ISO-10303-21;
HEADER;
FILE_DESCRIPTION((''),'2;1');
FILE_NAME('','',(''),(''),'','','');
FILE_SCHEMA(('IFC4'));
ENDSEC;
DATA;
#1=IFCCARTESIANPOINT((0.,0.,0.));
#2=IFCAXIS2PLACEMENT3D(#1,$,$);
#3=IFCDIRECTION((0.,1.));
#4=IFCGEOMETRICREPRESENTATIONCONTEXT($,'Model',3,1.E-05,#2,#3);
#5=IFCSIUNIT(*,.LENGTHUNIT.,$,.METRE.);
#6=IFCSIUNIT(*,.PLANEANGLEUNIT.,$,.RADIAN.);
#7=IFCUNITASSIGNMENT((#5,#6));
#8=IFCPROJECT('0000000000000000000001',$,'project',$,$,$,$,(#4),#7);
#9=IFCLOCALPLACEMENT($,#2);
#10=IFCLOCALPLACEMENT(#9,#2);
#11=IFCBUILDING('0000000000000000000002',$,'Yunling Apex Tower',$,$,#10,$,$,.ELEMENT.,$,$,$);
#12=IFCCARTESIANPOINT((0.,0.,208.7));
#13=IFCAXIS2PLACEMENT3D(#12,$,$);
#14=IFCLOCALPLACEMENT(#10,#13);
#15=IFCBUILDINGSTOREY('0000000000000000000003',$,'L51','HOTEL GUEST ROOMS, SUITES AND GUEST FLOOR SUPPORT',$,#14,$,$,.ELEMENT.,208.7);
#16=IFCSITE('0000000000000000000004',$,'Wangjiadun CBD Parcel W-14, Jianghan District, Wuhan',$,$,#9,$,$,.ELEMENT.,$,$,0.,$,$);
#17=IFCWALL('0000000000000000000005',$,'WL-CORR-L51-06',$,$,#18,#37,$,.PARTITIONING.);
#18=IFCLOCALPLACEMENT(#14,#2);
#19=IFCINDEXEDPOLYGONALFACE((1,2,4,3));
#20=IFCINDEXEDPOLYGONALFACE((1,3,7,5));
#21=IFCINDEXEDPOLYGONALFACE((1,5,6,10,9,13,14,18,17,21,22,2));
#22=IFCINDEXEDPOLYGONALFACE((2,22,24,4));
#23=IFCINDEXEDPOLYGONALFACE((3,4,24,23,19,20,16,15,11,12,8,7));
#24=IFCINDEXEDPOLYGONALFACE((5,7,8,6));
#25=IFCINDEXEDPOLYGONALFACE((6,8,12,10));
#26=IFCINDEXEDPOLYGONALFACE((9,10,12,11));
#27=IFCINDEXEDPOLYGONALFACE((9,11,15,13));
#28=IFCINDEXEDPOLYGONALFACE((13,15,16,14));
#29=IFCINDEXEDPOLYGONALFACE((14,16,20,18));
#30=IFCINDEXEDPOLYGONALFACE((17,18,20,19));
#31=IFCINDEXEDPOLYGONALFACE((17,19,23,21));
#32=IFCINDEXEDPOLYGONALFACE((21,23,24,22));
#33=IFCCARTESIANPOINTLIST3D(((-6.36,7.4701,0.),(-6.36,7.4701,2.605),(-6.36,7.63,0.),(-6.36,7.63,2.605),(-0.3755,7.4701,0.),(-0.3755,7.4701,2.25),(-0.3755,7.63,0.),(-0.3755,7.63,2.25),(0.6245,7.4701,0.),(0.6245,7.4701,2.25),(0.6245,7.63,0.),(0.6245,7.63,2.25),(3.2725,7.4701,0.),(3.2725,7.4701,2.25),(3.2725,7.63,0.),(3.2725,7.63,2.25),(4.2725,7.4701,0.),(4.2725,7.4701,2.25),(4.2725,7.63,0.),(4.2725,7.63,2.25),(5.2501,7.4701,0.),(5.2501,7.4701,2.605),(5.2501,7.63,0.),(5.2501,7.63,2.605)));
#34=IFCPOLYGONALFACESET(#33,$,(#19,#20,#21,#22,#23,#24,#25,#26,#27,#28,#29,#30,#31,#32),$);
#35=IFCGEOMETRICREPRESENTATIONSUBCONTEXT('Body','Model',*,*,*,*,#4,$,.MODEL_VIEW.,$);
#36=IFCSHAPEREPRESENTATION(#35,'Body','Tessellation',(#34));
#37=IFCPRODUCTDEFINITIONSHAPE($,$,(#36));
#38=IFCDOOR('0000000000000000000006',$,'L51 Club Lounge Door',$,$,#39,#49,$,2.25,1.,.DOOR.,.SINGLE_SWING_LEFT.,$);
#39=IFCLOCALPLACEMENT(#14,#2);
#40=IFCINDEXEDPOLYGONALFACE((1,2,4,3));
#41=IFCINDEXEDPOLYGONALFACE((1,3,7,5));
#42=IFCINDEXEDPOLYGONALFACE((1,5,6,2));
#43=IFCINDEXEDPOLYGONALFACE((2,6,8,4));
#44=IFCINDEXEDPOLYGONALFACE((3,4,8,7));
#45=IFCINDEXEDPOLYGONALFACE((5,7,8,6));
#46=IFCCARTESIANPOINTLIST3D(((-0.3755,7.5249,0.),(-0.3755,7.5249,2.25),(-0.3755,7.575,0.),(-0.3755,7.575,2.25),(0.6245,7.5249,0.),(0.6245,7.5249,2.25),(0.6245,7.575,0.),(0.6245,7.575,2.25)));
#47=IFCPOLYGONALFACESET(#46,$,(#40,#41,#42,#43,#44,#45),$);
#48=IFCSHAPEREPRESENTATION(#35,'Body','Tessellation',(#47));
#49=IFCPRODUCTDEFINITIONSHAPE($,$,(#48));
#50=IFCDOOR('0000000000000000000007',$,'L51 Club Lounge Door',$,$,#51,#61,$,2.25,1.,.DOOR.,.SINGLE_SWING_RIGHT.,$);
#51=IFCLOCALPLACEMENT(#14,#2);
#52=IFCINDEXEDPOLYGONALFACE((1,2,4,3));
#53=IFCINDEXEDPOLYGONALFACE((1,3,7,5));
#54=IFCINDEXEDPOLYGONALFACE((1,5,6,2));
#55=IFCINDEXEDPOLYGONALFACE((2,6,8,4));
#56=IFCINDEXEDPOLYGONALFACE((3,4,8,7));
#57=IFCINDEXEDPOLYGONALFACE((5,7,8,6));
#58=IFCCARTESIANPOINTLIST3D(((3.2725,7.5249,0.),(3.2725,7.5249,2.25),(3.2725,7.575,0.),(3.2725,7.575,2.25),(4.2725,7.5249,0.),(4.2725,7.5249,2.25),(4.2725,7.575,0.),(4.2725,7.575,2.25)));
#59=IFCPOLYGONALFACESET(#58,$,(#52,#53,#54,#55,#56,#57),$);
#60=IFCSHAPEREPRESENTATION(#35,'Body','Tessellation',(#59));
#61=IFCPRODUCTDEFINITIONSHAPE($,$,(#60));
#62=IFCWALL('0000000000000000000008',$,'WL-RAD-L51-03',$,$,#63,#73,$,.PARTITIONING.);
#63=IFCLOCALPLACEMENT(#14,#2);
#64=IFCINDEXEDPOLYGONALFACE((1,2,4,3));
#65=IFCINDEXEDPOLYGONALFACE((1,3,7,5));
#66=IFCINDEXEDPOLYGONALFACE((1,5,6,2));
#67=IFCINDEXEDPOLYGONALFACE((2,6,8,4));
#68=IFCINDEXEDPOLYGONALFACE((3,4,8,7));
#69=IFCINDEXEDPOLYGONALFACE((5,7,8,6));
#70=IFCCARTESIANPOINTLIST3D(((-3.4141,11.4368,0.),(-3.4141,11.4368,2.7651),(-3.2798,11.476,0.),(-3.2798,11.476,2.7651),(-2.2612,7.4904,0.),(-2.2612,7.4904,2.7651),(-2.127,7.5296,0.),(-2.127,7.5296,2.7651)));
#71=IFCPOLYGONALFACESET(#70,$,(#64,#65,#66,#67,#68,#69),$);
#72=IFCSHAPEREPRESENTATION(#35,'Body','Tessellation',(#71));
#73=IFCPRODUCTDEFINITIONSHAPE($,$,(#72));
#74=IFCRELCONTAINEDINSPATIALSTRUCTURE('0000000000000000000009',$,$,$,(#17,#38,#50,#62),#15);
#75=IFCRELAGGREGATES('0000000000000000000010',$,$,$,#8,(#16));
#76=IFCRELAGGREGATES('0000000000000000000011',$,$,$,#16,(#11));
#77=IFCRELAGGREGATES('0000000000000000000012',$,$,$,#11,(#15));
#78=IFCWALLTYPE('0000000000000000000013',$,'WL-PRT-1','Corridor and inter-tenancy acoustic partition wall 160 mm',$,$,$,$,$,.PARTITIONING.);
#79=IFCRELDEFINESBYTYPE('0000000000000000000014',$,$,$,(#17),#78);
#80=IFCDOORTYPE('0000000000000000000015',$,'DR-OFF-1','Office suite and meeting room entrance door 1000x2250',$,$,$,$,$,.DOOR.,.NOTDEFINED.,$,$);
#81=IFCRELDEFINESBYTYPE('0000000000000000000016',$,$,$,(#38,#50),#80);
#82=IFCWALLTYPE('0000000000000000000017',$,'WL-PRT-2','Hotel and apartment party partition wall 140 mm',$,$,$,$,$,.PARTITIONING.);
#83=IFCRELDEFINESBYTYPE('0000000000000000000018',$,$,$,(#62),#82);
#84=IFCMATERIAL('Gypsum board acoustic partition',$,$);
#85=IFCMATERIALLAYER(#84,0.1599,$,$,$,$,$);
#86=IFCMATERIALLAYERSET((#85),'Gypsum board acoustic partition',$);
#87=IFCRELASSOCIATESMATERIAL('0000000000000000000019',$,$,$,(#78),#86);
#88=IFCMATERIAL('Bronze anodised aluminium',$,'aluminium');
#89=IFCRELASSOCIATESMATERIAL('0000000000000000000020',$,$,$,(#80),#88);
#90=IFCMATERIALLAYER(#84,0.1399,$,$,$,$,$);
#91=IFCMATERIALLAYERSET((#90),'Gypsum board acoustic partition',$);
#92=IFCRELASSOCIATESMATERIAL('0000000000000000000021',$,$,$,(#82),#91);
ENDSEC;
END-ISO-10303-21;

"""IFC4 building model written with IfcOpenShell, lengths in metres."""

from ifc_helpers import new_model, si_unit, direction, frame, frame_2d, origin, place, context, subcontext, project, spatial, rectangle, extrude, material, layer, layer_set, type_object, element, fill, save


model = new_model("IFC4")

# Units and contexts
model_context = context("Model", 3, precision=1e-05, world=origin(), true_north=direction((0.0, 1.0)))
body_context = subcontext(model_context, "Body", "Model", "MODEL_VIEW")
ifc_project = project(units=[si_unit("LENGTHUNIT", "METRE"), si_unit("PLANEANGLEUNIT", "RADIAN")], contexts=[model_context])

# Site, building, storey
site_placement = place(None, origin())
site = spatial("IfcSite", under=ifc_project, at=site_placement, Name="Wangjiadun CBD Parcel W-14, Jianghan District, Wuhan", CompositionType="ELEMENT", RefElevation=0.0)
building_placement = place(site_placement, origin())
building = spatial("IfcBuilding", under=site, at=building_placement, Name="Yunling Apex Tower", CompositionType="ELEMENT")
storey_placement = place(building_placement, frame((0.0, 0.0, 208.7)))
storey = spatial("IfcBuildingStorey", under=building, at=storey_placement, Name="L51", Description="HOTEL GUEST ROOMS, SUITES AND GUEST FLOOR SUPPORT", CompositionType="ELEMENT", Elevation=208.7)

# Shared definitions
ifc_material_1 = material(Name="Bronze anodised aluminium", Category="aluminium")

# Shared definitions
ifc_material_2 = material(Name="Gypsum board acoustic partition")
ifc_layer_1 = layer(ifc_material_2, 0.1599)
ifc_layer_set_1 = layer_set([ifc_layer_1], Name="Gypsum board acoustic partition")
wall_type_1 = type_object("IfcWallType", Name="WL-PRT-1", Description="Corridor and inter-tenancy acoustic partition wall 160 mm", PredefinedType="PARTITIONING", material=ifc_layer_set_1)
door_type = type_object("IfcDoorType", Name="DR-OFF-1", Description="Office suite and meeting room entrance door 1000x2250", OperationType="NOTDEFINED", PredefinedType="DOOR", material=ifc_material_1)

# Wall, openings, doors
wall_1_placement = place(storey_placement, frame((-6.3601, 7.55, 0.0), z_axis=(0.0, 0.0, 1.0), x_axis=(1.0, 0.0, 0.0)))
wall_1 = element("IfcWall", 1, at=wall_1_placement, inside=storey, type_object=wall_type_1, Name="WL-CORR-L51-06", PredefinedType="PARTITIONING", context=body_context, shape_type="SweptSolid", body=[
    extrude(rectangle(XDim=11.6101, YDim=0.1599, at=frame_2d((5.8052, 0.0))), origin(), (0.0, 0.0, 1.0), 2.605),
])
opening_1_placement = place(wall_1_placement, frame((5.9846, 0.0, 0.0)))
opening_1 = element("IfcOpeningElement", 2, at=opening_1_placement, cuts=wall_1, PredefinedType="OPENING", context=body_context, shape_type="SweptSolid", body=[
    extrude(rectangle(XDim=1.0, YDim=2.25, at=frame_2d((0.5, 1.125))), frame((0.0, 0.0898, 0.0), z_axis=(0.0, -1.0, 0.0), x_axis=(1.0, 0.0, 0.0)), (0.0, 0.0, 1.0), 0.1799),
])
opening_2_placement = place(wall_1_placement, frame((9.6326, 0.0, 0.0)))
opening_2 = element("IfcOpeningElement", 3, at=opening_2_placement, cuts=wall_1, PredefinedType="OPENING", context=body_context, shape_type="SweptSolid", body=[
    extrude(rectangle(XDim=1.0, YDim=2.25, at=frame_2d((0.5, 1.125))), frame((0.0, 0.0898, 0.0), z_axis=(0.0, -1.0, 0.0), x_axis=(1.0, 0.0, 0.0)), (0.0, 0.0, 1.0), 0.1799),
])
door_1_placement = place(opening_1_placement, origin())
door_1 = element("IfcDoor", 4, at=door_1_placement, inside=storey, type_object=door_type, Name="L51 Club Lounge Door", OperationType="SINGLE_SWING_LEFT", OverallHeight=2.25, OverallWidth=1.0, PredefinedType="DOOR", context=body_context, shape_type="SweptSolid", body=[
    extrude(rectangle(XDim=1.0, YDim=2.25, at=frame_2d((0.5, 1.125))), frame((0.0, 0.0249, 0.0), z_axis=(0.0, -1.0, 0.0), x_axis=(1.0, 0.0, 0.0)), (0.0, 0.0, 1.0), 0.05),
])
fill(opening_1, door_1)
door_2_placement = place(opening_2_placement, origin())
door_2 = element("IfcDoor", 5, at=door_2_placement, inside=storey, type_object=door_type, Name="L51 Club Lounge Door", OperationType="SINGLE_SWING_RIGHT", OverallHeight=2.25, OverallWidth=1.0, PredefinedType="DOOR", context=body_context, shape_type="SweptSolid", body=[
    extrude(rectangle(XDim=1.0, YDim=2.25, at=frame_2d((0.5, 1.125))), frame((0.0, 0.0249, 0.0), z_axis=(0.0, -1.0, 0.0), x_axis=(1.0, 0.0, 0.0)), (0.0, 0.0, 1.0), 0.05),
])
fill(opening_2, door_2)

# Wall
ifc_layer_2 = layer(ifc_material_2, 0.1399)
ifc_layer_set_2 = layer_set([ifc_layer_2], Name="Gypsum board acoustic partition")
wall_type_2 = type_object("IfcWallType", Name="WL-PRT-2", Description="Hotel and apartment party partition wall 140 mm", PredefinedType="PARTITIONING", material=ifc_layer_set_2)
wall_2_placement = place(storey_placement, frame((-2.1941, 7.51, 0.0), z_axis=(0.0, 0.0, 1.0), x_axis=(-0.28041, 0.95988, 0.0)))
element("IfcWall", 6, at=wall_2_placement, inside=storey, type_object=wall_type_2, Name="WL-RAD-L51-03", PredefinedType="PARTITIONING", context=body_context, shape_type="SweptSolid", body=[
    extrude(rectangle(XDim=4.1113, YDim=0.1399, at=frame_2d((2.0557, 0.0))), origin(), (0.0, 0.0, 1.0), 2.7651),
])

save(model, "model.ifc")
